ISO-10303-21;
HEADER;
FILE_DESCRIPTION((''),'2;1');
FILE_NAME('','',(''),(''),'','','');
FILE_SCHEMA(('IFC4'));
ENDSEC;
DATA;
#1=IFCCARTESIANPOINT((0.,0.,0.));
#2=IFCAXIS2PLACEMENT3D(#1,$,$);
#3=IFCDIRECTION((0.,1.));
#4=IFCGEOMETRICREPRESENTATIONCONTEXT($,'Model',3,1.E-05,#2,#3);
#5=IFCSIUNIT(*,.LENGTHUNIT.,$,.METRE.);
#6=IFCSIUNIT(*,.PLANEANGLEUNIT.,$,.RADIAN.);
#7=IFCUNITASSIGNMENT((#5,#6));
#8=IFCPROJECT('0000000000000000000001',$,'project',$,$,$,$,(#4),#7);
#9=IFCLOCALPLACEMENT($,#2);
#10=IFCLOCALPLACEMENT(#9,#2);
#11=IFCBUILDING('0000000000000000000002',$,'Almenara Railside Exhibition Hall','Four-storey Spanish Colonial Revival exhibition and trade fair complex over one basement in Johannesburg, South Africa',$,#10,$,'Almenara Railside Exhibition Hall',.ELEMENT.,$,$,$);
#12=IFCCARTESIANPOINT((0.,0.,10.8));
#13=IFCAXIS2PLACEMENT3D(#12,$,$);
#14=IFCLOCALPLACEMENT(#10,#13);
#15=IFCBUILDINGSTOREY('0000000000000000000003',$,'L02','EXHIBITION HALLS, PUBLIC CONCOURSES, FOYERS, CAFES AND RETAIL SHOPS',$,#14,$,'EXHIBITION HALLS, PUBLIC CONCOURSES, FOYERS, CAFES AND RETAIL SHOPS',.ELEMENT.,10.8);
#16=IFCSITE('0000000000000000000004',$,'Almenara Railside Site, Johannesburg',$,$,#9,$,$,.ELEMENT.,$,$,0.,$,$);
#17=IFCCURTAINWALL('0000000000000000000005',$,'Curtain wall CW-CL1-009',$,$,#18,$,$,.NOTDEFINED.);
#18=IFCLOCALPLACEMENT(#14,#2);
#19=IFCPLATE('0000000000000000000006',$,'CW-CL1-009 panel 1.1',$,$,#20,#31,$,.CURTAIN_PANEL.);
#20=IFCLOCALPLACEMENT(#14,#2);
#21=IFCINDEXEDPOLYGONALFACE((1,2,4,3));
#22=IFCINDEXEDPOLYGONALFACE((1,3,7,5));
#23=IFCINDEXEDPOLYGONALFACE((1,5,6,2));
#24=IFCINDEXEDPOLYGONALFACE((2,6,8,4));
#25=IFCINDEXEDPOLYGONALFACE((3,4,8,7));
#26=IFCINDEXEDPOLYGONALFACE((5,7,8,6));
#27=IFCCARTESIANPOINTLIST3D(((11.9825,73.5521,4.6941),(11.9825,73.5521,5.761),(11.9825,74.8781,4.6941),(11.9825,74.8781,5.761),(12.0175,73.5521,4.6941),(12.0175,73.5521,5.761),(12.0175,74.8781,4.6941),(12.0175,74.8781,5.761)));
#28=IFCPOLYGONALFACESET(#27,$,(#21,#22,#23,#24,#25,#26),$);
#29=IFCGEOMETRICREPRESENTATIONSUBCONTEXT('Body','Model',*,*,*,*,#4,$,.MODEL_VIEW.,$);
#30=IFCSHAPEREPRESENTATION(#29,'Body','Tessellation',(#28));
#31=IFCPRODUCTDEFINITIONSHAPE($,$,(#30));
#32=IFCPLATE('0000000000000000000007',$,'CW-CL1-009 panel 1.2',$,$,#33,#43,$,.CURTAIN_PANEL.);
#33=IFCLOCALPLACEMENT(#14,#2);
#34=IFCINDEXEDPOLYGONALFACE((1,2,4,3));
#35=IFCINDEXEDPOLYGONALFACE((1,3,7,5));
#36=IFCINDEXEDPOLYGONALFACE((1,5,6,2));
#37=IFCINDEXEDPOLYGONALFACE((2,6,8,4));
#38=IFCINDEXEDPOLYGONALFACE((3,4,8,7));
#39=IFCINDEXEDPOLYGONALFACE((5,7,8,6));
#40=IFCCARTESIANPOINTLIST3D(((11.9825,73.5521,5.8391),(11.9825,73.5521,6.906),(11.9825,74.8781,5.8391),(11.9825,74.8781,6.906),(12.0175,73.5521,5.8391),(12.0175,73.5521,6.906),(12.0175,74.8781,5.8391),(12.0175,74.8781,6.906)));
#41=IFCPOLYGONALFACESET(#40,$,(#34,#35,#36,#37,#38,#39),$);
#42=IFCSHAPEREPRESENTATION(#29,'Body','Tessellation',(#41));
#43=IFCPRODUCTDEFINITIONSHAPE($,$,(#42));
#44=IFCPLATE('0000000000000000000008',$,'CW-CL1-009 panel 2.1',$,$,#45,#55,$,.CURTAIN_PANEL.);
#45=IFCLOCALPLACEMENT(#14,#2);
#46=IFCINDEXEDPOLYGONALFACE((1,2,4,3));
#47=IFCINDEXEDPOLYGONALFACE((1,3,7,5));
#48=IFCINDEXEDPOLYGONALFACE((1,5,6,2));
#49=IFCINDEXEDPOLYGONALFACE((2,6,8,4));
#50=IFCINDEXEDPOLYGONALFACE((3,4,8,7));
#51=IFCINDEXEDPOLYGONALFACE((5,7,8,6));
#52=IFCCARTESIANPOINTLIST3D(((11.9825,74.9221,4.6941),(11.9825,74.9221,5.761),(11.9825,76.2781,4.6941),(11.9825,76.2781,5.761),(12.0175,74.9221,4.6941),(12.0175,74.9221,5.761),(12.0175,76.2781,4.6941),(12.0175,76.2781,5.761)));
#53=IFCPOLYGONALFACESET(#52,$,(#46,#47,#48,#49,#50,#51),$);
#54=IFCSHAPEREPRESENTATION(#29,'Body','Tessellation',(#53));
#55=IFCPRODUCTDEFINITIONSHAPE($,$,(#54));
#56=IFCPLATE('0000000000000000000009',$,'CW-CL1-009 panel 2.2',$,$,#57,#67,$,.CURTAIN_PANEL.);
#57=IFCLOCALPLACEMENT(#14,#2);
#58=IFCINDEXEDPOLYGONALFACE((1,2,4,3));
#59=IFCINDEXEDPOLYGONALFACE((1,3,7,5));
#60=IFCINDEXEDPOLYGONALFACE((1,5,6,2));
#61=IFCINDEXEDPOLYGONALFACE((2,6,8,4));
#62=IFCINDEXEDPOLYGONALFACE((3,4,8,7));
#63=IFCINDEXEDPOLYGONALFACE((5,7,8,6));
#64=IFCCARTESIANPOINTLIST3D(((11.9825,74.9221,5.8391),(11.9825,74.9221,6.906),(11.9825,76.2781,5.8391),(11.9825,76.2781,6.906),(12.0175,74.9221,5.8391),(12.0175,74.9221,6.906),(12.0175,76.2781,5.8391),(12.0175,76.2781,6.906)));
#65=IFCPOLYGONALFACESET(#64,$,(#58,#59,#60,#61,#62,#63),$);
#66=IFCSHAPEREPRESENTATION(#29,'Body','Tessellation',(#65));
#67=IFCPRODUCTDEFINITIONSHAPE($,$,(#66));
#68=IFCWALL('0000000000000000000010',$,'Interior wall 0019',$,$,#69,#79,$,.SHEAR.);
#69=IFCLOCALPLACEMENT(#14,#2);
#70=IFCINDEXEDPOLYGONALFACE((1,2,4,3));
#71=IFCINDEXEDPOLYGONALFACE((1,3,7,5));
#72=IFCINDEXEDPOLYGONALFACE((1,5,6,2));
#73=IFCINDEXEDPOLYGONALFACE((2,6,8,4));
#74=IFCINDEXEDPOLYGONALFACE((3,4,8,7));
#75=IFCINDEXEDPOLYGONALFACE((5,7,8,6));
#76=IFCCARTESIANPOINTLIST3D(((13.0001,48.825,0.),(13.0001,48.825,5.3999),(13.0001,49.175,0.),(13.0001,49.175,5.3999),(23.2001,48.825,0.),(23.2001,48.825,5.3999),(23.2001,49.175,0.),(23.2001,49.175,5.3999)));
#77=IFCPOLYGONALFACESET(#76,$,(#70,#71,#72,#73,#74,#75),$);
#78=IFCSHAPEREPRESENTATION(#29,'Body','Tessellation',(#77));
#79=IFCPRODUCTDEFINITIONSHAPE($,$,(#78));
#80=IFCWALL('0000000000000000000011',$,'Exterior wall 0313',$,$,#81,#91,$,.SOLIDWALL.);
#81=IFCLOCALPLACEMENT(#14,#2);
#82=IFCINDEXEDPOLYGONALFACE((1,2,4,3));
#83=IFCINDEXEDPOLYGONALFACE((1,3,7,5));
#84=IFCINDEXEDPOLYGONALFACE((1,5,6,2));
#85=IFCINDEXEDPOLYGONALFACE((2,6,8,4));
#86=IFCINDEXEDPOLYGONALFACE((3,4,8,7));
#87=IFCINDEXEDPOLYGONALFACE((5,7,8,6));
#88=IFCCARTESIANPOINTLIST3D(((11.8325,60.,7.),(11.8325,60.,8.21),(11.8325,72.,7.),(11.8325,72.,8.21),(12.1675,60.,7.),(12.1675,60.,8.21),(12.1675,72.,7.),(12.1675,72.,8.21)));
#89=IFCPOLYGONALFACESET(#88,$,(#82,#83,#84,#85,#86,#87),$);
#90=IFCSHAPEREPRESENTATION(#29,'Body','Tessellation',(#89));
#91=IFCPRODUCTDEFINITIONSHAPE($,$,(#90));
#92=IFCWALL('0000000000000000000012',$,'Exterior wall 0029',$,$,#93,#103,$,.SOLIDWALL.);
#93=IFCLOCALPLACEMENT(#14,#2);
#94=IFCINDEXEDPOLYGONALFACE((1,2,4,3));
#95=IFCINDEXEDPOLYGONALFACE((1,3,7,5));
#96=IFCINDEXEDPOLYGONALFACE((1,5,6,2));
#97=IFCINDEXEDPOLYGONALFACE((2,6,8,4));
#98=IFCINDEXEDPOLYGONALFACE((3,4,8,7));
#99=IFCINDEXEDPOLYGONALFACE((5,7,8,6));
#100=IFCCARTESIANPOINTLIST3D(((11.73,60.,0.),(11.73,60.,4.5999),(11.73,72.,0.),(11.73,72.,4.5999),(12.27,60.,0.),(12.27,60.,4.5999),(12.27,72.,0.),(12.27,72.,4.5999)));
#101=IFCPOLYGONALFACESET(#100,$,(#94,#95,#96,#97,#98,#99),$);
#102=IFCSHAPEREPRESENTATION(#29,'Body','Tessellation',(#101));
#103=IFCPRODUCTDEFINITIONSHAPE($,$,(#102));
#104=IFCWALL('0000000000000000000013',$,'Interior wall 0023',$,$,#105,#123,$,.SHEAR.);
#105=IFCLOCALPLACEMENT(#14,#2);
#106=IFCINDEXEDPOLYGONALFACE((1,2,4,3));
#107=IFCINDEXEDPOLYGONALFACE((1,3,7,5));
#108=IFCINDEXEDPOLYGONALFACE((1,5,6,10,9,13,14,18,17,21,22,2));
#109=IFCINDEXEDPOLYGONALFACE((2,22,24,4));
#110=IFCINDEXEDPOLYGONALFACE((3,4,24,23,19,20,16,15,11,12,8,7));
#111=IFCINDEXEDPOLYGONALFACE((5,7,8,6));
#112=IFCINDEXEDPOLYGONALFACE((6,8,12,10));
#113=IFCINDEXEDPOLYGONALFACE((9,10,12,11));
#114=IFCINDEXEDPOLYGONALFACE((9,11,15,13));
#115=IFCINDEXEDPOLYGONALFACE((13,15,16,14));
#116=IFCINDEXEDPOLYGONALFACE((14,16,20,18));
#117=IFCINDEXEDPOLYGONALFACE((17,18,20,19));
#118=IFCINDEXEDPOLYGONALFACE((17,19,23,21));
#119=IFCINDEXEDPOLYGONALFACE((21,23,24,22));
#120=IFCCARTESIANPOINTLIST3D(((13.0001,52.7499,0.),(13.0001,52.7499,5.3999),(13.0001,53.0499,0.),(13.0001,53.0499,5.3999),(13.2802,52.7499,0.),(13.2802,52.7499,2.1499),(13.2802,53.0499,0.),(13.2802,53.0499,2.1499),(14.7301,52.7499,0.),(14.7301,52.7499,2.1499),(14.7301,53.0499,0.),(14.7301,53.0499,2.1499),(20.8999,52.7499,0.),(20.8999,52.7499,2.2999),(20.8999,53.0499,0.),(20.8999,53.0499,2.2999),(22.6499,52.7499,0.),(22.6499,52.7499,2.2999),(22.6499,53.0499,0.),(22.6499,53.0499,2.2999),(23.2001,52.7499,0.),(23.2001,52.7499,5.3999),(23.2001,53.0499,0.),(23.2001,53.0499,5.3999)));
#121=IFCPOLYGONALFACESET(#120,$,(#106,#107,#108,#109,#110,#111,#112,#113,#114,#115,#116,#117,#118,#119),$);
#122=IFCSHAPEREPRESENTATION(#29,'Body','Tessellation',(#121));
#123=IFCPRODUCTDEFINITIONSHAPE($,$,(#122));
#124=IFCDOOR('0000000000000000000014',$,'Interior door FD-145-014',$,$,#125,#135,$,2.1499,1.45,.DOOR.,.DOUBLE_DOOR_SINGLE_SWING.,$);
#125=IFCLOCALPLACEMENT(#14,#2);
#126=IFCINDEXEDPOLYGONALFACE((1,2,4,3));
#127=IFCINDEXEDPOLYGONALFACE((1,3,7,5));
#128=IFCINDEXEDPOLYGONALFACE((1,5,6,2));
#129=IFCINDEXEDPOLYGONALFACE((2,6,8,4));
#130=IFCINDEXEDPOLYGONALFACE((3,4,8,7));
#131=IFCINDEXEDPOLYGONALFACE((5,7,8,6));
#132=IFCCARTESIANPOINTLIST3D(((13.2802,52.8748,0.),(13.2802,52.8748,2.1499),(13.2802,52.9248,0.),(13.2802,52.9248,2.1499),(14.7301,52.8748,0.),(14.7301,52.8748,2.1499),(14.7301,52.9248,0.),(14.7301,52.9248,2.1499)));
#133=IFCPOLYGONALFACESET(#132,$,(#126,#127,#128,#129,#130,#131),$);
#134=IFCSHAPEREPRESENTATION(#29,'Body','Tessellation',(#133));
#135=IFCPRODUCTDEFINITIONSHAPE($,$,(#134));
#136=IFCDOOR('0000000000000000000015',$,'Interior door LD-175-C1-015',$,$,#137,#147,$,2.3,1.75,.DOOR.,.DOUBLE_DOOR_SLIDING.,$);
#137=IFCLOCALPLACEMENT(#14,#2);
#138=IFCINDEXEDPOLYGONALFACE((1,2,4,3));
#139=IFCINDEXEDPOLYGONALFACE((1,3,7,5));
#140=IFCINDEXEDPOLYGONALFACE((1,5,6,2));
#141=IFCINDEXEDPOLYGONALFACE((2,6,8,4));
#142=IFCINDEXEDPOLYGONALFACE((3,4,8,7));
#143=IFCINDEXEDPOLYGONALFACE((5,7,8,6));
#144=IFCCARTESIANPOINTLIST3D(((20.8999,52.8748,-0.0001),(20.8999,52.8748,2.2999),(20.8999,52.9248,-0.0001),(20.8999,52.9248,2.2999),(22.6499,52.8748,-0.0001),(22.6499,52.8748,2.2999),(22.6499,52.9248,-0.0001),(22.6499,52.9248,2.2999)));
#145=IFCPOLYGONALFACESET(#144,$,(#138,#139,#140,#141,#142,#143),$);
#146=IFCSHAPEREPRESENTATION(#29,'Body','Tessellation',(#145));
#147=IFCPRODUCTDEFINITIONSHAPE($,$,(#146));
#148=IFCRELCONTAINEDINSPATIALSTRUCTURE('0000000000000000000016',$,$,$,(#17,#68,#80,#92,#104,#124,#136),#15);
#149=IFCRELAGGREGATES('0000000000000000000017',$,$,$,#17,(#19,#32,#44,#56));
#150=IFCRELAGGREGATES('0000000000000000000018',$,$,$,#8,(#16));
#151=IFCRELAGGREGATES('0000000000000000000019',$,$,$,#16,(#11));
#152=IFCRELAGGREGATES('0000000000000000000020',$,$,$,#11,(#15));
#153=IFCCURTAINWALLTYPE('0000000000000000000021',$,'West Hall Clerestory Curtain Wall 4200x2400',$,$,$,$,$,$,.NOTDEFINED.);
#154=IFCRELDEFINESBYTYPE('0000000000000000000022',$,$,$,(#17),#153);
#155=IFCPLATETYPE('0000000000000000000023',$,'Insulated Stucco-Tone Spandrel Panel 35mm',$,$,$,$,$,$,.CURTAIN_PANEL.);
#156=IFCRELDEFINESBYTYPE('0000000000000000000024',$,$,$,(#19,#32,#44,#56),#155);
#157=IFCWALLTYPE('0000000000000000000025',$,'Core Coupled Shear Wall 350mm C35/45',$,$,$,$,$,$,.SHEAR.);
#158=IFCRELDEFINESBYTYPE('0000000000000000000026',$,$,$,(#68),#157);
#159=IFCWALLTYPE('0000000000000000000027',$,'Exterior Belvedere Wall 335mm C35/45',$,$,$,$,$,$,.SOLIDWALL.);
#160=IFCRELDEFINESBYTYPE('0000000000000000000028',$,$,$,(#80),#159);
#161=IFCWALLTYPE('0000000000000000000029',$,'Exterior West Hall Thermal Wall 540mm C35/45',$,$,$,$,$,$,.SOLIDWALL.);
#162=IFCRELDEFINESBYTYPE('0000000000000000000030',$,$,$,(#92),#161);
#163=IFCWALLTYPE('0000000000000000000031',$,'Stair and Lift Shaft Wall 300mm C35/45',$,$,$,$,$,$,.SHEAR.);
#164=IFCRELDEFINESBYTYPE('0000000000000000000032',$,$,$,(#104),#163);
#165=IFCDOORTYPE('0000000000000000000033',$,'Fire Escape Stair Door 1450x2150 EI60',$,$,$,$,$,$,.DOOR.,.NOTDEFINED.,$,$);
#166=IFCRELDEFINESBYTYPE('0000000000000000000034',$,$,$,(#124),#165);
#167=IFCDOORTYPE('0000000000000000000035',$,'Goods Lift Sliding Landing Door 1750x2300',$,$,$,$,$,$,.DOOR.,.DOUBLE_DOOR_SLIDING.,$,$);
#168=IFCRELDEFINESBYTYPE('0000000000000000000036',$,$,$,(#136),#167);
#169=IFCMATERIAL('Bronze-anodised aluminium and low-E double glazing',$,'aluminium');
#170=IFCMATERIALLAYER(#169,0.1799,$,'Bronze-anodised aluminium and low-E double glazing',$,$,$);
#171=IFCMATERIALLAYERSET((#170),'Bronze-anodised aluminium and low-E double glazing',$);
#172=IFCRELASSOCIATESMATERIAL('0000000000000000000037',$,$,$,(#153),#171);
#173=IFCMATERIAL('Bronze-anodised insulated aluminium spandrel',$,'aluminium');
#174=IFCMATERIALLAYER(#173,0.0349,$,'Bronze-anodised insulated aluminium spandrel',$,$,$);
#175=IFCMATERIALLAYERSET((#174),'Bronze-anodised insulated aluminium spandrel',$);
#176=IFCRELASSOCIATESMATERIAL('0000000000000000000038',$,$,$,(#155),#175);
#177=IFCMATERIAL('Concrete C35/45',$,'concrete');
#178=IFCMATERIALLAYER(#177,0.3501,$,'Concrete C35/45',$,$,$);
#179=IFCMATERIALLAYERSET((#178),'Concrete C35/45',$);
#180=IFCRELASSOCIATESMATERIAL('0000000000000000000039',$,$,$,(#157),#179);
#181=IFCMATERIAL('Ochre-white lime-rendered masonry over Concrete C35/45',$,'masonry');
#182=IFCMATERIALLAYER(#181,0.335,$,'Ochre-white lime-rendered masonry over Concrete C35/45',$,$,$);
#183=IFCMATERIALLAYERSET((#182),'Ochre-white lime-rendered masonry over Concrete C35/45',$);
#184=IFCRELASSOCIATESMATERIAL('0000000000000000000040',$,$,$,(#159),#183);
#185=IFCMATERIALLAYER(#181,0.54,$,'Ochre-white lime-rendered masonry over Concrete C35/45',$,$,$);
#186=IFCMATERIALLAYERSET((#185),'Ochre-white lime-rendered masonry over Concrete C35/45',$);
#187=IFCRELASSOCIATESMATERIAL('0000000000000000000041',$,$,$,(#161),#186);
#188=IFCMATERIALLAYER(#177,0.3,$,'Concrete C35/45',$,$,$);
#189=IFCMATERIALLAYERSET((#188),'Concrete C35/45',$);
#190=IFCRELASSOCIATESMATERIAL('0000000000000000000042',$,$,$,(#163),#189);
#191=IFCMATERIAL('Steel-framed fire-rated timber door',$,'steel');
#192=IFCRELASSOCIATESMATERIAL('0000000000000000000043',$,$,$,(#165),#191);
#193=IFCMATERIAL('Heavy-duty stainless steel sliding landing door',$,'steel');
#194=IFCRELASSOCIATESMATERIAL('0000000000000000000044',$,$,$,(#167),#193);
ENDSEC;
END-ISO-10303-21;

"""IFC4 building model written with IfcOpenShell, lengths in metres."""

from ifc_helpers import new_model, si_unit, direction, frame, frame_2d, origin, origin_2d, place, context, subcontext, project, spatial, rectangle, extrude, material, layer, layer_set, type_object, element, fill, aggregate, save


model = new_model("IFC4")

# Units and contexts
model_context = context("Model", 3, precision=1e-05, world=origin(), true_north=direction((0.0, 1.0)))
body_context = subcontext(model_context, "Body", "Model", "MODEL_VIEW")
ifc_project = project(units=[si_unit("LENGTHUNIT", "METRE"), si_unit("PLANEANGLEUNIT", "RADIAN")], contexts=[model_context])

# Site, building, storey
site_placement = place(None, origin())
site = spatial("IfcSite", under=ifc_project, at=site_placement, Name="Almenara Railside Site, Johannesburg", CompositionType="ELEMENT", RefElevation=0.0)
building_placement = place(site_placement, origin())
building = spatial("IfcBuilding", under=site, at=building_placement, Name="Almenara Railside Exhibition Hall", Description="Four-storey Spanish Colonial Revival exhibition and trade fair complex over one basement in Johannesburg, South Africa", LongName="Almenara Railside Exhibition Hall", CompositionType="ELEMENT")
storey_placement = place(building_placement, frame((0.0, 0.0, 10.8)))
storey = spatial("IfcBuildingStorey", under=building, at=storey_placement, Name="L02", Description="EXHIBITION HALLS, PUBLIC CONCOURSES, FOYERS, CAFES AND RETAIL SHOPS", LongName="EXHIBITION HALLS, PUBLIC CONCOURSES, FOYERS, CAFES AND RETAIL SHOPS", CompositionType="ELEMENT", Elevation=10.8)

# Curtain wall
ifc_material_1 = material(Name="Bronze-anodised aluminium and low-E double glazing", Category="aluminium")
ifc_layer_1 = layer(ifc_material_1, 0.1799, Name="Bronze-anodised aluminium and low-E double glazing")
ifc_layer_set_1 = layer_set([ifc_layer_1], Name="Bronze-anodised aluminium and low-E double glazing")
curtain_wall_type = type_object("IfcCurtainWallType", Name="West Hall Clerestory Curtain Wall 4200x2400", PredefinedType="NOTDEFINED", material=ifc_layer_set_1)
curtain_wall_placement = place(storey_placement, origin())
curtain_wall = element("IfcCurtainWall", 1, at=curtain_wall_placement, inside=storey, type_object=curtain_wall_type, Name="Curtain wall CW-CL1-009", PredefinedType="NOTDEFINED")

# Plates
ifc_material_2 = material(Name="Bronze-anodised insulated aluminium spandrel", Category="aluminium")
ifc_layer_2 = layer(ifc_material_2, 0.0349, Name="Bronze-anodised insulated aluminium spandrel")
ifc_layer_set_2 = layer_set([ifc_layer_2], Name="Bronze-anodised insulated aluminium spandrel")
plate_type = type_object("IfcPlateType", Name="Insulated Stucco-Tone Spandrel Panel 35mm", PredefinedType="CURTAIN_PANEL", material=ifc_layer_set_2)
plate_1_placement = place(storey_placement, frame((12.0, 74.2151, 4.6941), z_axis=(0.0, 0.0, 1.0), x_axis=(0.0, 1.0, 0.0)))
plate_1 = element("IfcPlate", 2, at=plate_1_placement, type_object=plate_type, Name="CW-CL1-009 panel 1.1", PredefinedType="CURTAIN_PANEL", context=body_context, shape_type="SweptSolid", body=[
    extrude(rectangle(XDim=1.3259, YDim=0.0349, at=origin_2d()), origin(), (0.0, 0.0, 1.0), 1.0669),
])
plate_2_placement = place(storey_placement, frame((12.0, 74.2151, 5.8391), z_axis=(0.0, 0.0, 1.0), x_axis=(0.0, 1.0, 0.0)))
plate_2 = element("IfcPlate", 3, at=plate_2_placement, type_object=plate_type, Name="CW-CL1-009 panel 1.2", PredefinedType="CURTAIN_PANEL", context=body_context, shape_type="SweptSolid", body=[
    extrude(rectangle(XDim=1.3259, YDim=0.0349, at=origin_2d()), origin(), (0.0, 0.0, 1.0), 1.0669),
])
plate_3_placement = place(storey_placement, frame((12.0, 75.6001, 4.6941), z_axis=(0.0, 0.0, 1.0), x_axis=(0.0, 1.0, 0.0)))
plate_3 = element("IfcPlate", 4, at=plate_3_placement, type_object=plate_type, Name="CW-CL1-009 panel 2.1", PredefinedType="CURTAIN_PANEL", context=body_context, shape_type="SweptSolid", body=[
    extrude(rectangle(XDim=1.356, YDim=0.0349, at=origin_2d()), origin(), (0.0, 0.0, 1.0), 1.0669),
])
plate_4_placement = place(storey_placement, frame((12.0, 75.6001, 5.8391), z_axis=(0.0, 0.0, 1.0), x_axis=(0.0, 1.0, 0.0)))
plate_4 = element("IfcPlate", 5, at=plate_4_placement, type_object=plate_type, Name="CW-CL1-009 panel 2.2", PredefinedType="CURTAIN_PANEL", context=body_context, shape_type="SweptSolid", body=[
    extrude(rectangle(XDim=1.356, YDim=0.0349, at=origin_2d()), origin(), (0.0, 0.0, 1.0), 1.0669),
])
aggregate(curtain_wall, [plate_1, plate_2, plate_3, plate_4])

# Walls
ifc_material_3 = material(Name="Concrete C35/45", Category="concrete")
ifc_layer_3 = layer(ifc_material_3, 0.3501, Name="Concrete C35/45")
ifc_layer_set_3 = layer_set([ifc_layer_3], Name="Concrete C35/45")
wall_type_1 = type_object("IfcWallType", Name="Core Coupled Shear Wall 350mm C35/45", PredefinedType="SHEAR", material=ifc_layer_set_3)
wall_1_placement = place(storey_placement, frame((13.0, 49.0, 0.0), z_axis=(0.0, 0.0, 1.0), x_axis=(1.0, 0.0, 0.0)))
element("IfcWall", 6, at=wall_1_placement, inside=storey, type_object=wall_type_1, Name="Interior wall 0019", PredefinedType="SHEAR", context=body_context, shape_type="SweptSolid", body=[
    extrude(rectangle(XDim=10.2, YDim=0.3501, at=frame_2d((5.1001, 0.0))), origin(), (0.0, 0.0, 1.0), 5.3999),
])
ifc_material_4 = material(Name="Ochre-white lime-rendered masonry over Concrete C35/45", Category="masonry")
ifc_layer_4 = layer(ifc_material_4, 0.335, Name="Ochre-white lime-rendered masonry over Concrete C35/45")
ifc_layer_set_4 = layer_set([ifc_layer_4], Name="Ochre-white lime-rendered masonry over Concrete C35/45")
wall_type_2 = type_object("IfcWallType", Name="Exterior Belvedere Wall 335mm C35/45", PredefinedType="SOLIDWALL", material=ifc_layer_set_4)
wall_2_placement = place(storey_placement, frame((12.0, 72.0, 7.0), z_axis=(0.0, 0.0, 1.0), x_axis=(0.0, -1.0, 0.0)))
element("IfcWall", 7, at=wall_2_placement, inside=storey, type_object=wall_type_2, Name="Exterior wall 0313", PredefinedType="SOLIDWALL", context=body_context, shape_type="SweptSolid", body=[
    extrude(rectangle(XDim=12.0, YDim=0.335, at=frame_2d((6.0, 0.0))), origin(), (0.0, 0.0, 1.0), 1.21),
])
ifc_layer_5 = layer(ifc_material_4, 0.54, Name="Ochre-white lime-rendered masonry over Concrete C35/45")
ifc_layer_set_5 = layer_set([ifc_layer_5], Name="Ochre-white lime-rendered masonry over Concrete C35/45")
wall_type_3 = type_object("IfcWallType", Name="Exterior West Hall Thermal Wall 540mm C35/45", PredefinedType="SOLIDWALL", material=ifc_layer_set_5)
wall_3_placement = place(storey_placement, frame((12.0, 72.0, 0.0), z_axis=(0.0, 0.0, 1.0), x_axis=(0.0, -1.0, 0.0)))
element("IfcWall", 8, at=wall_3_placement, inside=storey, type_object=wall_type_3, Name="Exterior wall 0029", PredefinedType="SOLIDWALL", context=body_context, shape_type="SweptSolid", body=[
    extrude(rectangle(XDim=12.0, YDim=0.54, at=frame_2d((6.0, 0.0))), origin(), (0.0, 0.0, 1.0), 4.5999),
])

# Wall, openings, doors
ifc_layer_6 = layer(ifc_material_3, 0.3, Name="Concrete C35/45")
ifc_layer_set_6 = layer_set([ifc_layer_6], Name="Concrete C35/45")
wall_type_4 = type_object("IfcWallType", Name="Stair and Lift Shaft Wall 300mm C35/45", PredefinedType="SHEAR", material=ifc_layer_set_6)
wall_4_placement = place(storey_placement, frame((13.0, 52.8999, 0.0), z_axis=(0.0, 0.0, 1.0), x_axis=(1.0, 0.0, 0.0)))
wall_4 = element("IfcWall", 9, at=wall_4_placement, inside=storey, type_object=wall_type_4, Name="Interior wall 0023", PredefinedType="SHEAR", context=body_context, shape_type="SweptSolid", body=[
    extrude(rectangle(XDim=10.2, YDim=0.3, at=frame_2d((5.1001, 0.0))), origin(), (0.0, 0.0, 1.0), 5.3999),
])
opening_1_placement = place(wall_4_placement, frame((0.28, 0.0, 0.0)))
opening_1 = element("IfcOpeningElement", 10, at=opening_1_placement, cuts=wall_4, PredefinedType="OPENING", context=body_context, shape_type="SweptSolid", body=[
    extrude(rectangle(XDim=1.45, YDim=2.1499, at=frame_2d((0.7251, 1.075))), frame((0.0, 0.1599, 0.0), z_axis=(0.0, -1.0, 0.0), x_axis=(1.0, 0.0, 0.0)), (0.0, 0.0, 1.0), 0.3201),
])
opening_2_placement = place(wall_4_placement, frame((7.8999, 0.0, 0.0)))
opening_2 = element("IfcOpeningElement", 11, at=opening_2_placement, cuts=wall_4, PredefinedType="OPENING", context=body_context, shape_type="SweptSolid", body=[
    extrude(rectangle(XDim=1.75, YDim=2.3, at=frame_2d((0.875, 1.1499))), frame((0.0, 0.1599, 0.0), z_axis=(0.0, -1.0, 0.0), x_axis=(1.0, 0.0, 0.0)), (0.0, 0.0, 1.0), 0.3201),
])
ifc_material_5 = material(Name="Steel-framed fire-rated timber door", Category="steel")
door_type_1 = type_object("IfcDoorType", Name="Fire Escape Stair Door 1450x2150 EI60", OperationType="NOTDEFINED", PredefinedType="DOOR", material=ifc_material_5)
door_1_placement = place(opening_1_placement, origin())
door_1 = element("IfcDoor", 12, at=door_1_placement, inside=storey, type_object=door_type_1, Name="Interior door FD-145-014", OperationType="DOUBLE_DOOR_SINGLE_SWING", OverallHeight=2.1499, OverallWidth=1.45, PredefinedType="DOOR", context=body_context, shape_type="SweptSolid", body=[
    extrude(rectangle(XDim=1.45, YDim=2.1499, at=frame_2d((0.7251, 1.075))), frame((0.0, 0.0249, 0.0), z_axis=(0.0, -1.0, 0.0), x_axis=(1.0, 0.0, 0.0)), (0.0, 0.0, 1.0), 0.05),
])
fill(opening_1, door_1)
ifc_material_6 = material(Name="Heavy-duty stainless steel sliding landing door", Category="steel")
door_type_2 = type_object("IfcDoorType", Name="Goods Lift Sliding Landing Door 1750x2300", OperationType="DOUBLE_DOOR_SLIDING", PredefinedType="DOOR", material=ifc_material_6)
door_2_placement = place(opening_2_placement, origin())
door_2 = element("IfcDoor", 13, at=door_2_placement, inside=storey, type_object=door_type_2, Name="Interior door LD-175-C1-015", OperationType="DOUBLE_DOOR_SLIDING", OverallHeight=2.3, OverallWidth=1.75, PredefinedType="DOOR", context=body_context, shape_type="SweptSolid", body=[
    extrude(rectangle(XDim=1.75, YDim=2.3, at=frame_2d((0.875, 1.1499))), frame((0.0, 0.0249, 0.0), z_axis=(0.0, -1.0, 0.0), x_axis=(1.0, 0.0, 0.0)), (0.0, 0.0, 1.0), 0.05),
])
fill(opening_2, door_2)

save(model, "model.ifc")
